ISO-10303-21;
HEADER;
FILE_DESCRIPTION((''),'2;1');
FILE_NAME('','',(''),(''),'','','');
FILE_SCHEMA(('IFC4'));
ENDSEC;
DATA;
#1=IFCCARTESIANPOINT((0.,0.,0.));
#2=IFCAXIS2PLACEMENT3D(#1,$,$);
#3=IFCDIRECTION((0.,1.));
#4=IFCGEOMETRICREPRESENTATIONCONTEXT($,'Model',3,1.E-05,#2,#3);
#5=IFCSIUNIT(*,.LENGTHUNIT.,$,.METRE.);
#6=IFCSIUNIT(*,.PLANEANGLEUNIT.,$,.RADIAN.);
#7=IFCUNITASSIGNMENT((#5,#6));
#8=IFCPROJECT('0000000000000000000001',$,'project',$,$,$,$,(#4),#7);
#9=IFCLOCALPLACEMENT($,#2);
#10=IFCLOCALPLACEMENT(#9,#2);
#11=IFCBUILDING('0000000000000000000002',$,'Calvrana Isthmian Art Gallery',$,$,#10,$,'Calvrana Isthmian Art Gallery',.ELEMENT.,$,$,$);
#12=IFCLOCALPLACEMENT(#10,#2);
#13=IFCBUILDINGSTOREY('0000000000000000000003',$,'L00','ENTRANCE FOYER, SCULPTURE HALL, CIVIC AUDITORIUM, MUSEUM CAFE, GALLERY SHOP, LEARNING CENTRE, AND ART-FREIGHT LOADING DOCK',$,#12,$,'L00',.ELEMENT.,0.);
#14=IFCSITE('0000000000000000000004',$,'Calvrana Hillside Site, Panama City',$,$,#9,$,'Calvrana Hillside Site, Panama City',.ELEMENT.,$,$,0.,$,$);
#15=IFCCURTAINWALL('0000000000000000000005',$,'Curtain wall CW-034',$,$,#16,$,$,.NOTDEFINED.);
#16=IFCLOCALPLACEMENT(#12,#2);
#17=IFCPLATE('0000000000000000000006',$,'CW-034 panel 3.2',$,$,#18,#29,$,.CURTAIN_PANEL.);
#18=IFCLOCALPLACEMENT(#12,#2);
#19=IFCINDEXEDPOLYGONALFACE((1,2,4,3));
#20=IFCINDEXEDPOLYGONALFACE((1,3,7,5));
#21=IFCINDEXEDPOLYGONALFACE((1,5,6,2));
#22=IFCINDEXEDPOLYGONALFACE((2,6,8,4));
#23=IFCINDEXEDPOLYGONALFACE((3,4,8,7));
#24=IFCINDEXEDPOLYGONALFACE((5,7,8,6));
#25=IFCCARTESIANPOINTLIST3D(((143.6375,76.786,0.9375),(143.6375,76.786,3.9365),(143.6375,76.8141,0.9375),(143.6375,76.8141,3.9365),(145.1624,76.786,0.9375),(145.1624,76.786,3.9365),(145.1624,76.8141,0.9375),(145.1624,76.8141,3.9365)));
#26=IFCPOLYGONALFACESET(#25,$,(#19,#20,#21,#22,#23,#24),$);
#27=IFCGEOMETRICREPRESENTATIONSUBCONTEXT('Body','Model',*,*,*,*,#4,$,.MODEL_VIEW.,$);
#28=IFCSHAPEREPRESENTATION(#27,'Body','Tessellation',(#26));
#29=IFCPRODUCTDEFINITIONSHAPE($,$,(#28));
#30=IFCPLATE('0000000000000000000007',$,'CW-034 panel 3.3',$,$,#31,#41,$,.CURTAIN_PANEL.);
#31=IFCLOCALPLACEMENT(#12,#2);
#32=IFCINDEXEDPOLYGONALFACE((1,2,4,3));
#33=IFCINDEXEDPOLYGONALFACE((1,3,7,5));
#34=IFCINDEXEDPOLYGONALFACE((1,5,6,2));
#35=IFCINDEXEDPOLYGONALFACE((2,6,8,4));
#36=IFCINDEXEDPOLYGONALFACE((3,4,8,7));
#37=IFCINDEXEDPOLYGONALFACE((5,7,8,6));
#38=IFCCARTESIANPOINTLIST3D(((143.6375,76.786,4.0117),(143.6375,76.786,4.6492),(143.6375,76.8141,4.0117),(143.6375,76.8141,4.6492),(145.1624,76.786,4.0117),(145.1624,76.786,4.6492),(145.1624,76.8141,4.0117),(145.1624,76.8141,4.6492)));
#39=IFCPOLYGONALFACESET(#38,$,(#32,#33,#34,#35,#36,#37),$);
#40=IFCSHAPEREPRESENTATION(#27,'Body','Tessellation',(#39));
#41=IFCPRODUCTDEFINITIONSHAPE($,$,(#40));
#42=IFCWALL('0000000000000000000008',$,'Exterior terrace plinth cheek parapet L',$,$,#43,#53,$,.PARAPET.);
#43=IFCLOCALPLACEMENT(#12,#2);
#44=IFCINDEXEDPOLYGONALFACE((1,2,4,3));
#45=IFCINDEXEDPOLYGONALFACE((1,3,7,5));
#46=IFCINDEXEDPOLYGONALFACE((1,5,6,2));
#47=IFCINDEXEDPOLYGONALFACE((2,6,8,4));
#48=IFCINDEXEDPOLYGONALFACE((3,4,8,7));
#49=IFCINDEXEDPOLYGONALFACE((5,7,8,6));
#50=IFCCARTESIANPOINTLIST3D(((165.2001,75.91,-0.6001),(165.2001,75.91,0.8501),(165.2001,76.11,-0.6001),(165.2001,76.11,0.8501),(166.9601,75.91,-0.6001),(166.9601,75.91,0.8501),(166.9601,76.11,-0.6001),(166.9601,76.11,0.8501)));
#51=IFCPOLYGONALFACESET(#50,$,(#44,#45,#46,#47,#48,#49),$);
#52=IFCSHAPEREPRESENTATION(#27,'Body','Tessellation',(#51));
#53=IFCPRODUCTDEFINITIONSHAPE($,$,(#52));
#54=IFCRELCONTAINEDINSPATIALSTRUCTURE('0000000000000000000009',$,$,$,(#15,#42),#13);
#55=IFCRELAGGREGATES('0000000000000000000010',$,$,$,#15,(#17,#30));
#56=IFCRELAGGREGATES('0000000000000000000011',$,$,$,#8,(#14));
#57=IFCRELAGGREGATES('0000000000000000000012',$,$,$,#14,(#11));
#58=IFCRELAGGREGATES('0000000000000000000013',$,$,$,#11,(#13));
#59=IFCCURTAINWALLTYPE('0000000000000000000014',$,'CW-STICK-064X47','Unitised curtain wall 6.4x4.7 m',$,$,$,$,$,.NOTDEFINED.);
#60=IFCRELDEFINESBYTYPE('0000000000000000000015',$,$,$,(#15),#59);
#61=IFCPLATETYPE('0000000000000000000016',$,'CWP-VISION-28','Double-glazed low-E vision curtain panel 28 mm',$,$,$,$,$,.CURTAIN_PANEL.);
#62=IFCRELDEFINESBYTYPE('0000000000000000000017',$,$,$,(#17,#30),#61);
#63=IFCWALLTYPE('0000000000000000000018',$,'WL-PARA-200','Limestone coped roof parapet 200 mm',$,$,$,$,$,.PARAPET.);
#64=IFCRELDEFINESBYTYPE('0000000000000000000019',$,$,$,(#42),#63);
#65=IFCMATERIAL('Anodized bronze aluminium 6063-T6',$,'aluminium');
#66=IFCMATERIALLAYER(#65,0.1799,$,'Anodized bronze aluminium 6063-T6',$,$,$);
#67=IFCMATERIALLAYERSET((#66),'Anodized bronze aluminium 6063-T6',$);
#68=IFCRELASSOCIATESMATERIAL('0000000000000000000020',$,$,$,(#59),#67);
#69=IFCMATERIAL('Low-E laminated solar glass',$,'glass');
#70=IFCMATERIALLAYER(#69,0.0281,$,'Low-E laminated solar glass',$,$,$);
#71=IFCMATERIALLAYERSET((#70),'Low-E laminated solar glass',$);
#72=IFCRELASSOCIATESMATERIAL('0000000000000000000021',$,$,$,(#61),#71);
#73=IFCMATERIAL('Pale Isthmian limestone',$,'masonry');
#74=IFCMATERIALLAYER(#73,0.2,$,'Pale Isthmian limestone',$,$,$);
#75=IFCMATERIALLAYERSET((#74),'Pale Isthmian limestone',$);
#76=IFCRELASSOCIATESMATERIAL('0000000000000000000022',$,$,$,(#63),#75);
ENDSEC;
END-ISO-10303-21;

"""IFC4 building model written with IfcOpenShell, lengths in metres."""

from ifc_helpers import new_model, si_unit, direction, frame, frame_2d, origin, origin_2d, place, context, subcontext, project, spatial, rectangle, extrude, material, layer, layer_set, type_object, element, aggregate, save


model = new_model("IFC4")

# Units and contexts
model_context = context("Model", 3, precision=1e-05, world=origin(), true_north=direction((0.0, 1.0)))
body_context = subcontext(model_context, "Body", "Model", "MODEL_VIEW")
ifc_project = project(units=[si_unit("LENGTHUNIT", "METRE"), si_unit("PLANEANGLEUNIT", "RADIAN")], contexts=[model_context])

# Site, building, storey
site_placement = place(None, origin())
site = spatial("IfcSite", under=ifc_project, at=site_placement, Name="Calvrana Hillside Site, Panama City", LongName="Calvrana Hillside Site, Panama City", CompositionType="ELEMENT", RefElevation=0.0)
building_placement = place(site_placement, origin())
building = spatial("IfcBuilding", under=site, at=building_placement, Name="Calvrana Isthmian Art Gallery", LongName="Calvrana Isthmian Art Gallery", CompositionType="ELEMENT")
storey_placement = place(building_placement, origin())
storey = spatial("IfcBuildingStorey", under=building, at=storey_placement, Name="L00", Description="ENTRANCE FOYER, SCULPTURE HALL, CIVIC AUDITORIUM, MUSEUM CAFE, GALLERY SHOP, LEARNING CENTRE, AND ART-FREIGHT LOADING DOCK", LongName="L00", CompositionType="ELEMENT", Elevation=0.0)

# Shared definitions
ifc_material_1 = material(Name="Anodized bronze aluminium 6063-T6", Category="aluminium")

# Curtain wall
ifc_layer_1 = layer(ifc_material_1, 0.1799, Name="Anodized bronze aluminium 6063-T6")
ifc_layer_set_1 = layer_set([ifc_layer_1], Name="Anodized bronze aluminium 6063-T6")
curtain_wall_type_1 = type_object("IfcCurtainWallType", Name="CW-STICK-064X47", Description="Unitised curtain wall 6.4x4.7 m", PredefinedType="NOTDEFINED", material=ifc_layer_set_1)
curtain_wall_1_placement = place(storey_placement, origin())
curtain_wall_1 = element("IfcCurtainWall", 1, at=curtain_wall_1_placement, inside=storey, type_object=curtain_wall_type_1, Name="Curtain wall CW-034", PredefinedType="NOTDEFINED")

# Plates
ifc_material_2 = material(Name="Low-E laminated solar glass", Category="glass")
ifc_layer_2 = layer(ifc_material_2, 0.0281, Name="Low-E laminated solar glass")
ifc_layer_set_2 = layer_set([ifc_layer_2], Name="Low-E laminated solar glass")
plate_type_1 = type_object("IfcPlateType", Name="CWP-VISION-28", Description="Double-glazed low-E vision curtain panel 28 mm", PredefinedType="CURTAIN_PANEL", material=ifc_layer_set_2)
plate_1_placement = place(storey_placement, frame((144.3999, 76.8, 0.9375), z_axis=(0.0, 0.0, 1.0), x_axis=(-1.0, 0.0, 0.0)))
plate_1 = element("IfcPlate", 2, at=plate_1_placement, type_object=plate_type_1, Name="CW-034 panel 3.2", PredefinedType="CURTAIN_PANEL", context=body_context, shape_type="SweptSolid", body=[
    extrude(rectangle(XDim=1.5249, YDim=0.0281, at=origin_2d()), origin(), (0.0, 0.0, 1.0), 2.999),
])
plate_2_placement = place(storey_placement, frame((144.3999, 76.8, 4.0117), z_axis=(0.0, 0.0, 1.0), x_axis=(-1.0, 0.0, 0.0)))
plate_2 = element("IfcPlate", 3, at=plate_2_placement, type_object=plate_type_1, Name="CW-034 panel 3.3", PredefinedType="CURTAIN_PANEL", context=body_context, shape_type="SweptSolid", body=[
    extrude(rectangle(XDim=1.5249, YDim=0.0281, at=origin_2d()), origin(), (0.0, 0.0, 1.0), 0.6375),
])
aggregate(curtain_wall_1, [plate_1, plate_2])

# Wall
ifc_material_3 = material(Name="Pale Isthmian limestone", Category="masonry")
ifc_layer_3 = layer(ifc_material_3, 0.2, Name="Pale Isthmian limestone")
ifc_layer_set_3 = layer_set([ifc_layer_3], Name="Pale Isthmian limestone")
wall_type = type_object("IfcWallType", Name="WL-PARA-200", Description="Limestone coped roof parapet 200 mm", PredefinedType="PARAPET", material=ifc_layer_set_3)
wall_placement = place(storey_placement, frame((166.96, 76.01, -0.6001), z_axis=(0.0, 0.0, 1.0), x_axis=(-1.0, 0.0, 0.0)))
element("IfcWall", 4, at=wall_placement, inside=storey, type_object=wall_type, Name="Exterior terrace plinth cheek parapet L", PredefinedType="PARAPET", context=body_context, shape_type="SweptSolid", body=[
    extrude(rectangle(XDim=1.76, YDim=0.2, at=frame_2d((0.8799, 0.0))), origin(), (0.0, 0.0, 1.0), 1.4502),
])

save(model, "model.ifc")
